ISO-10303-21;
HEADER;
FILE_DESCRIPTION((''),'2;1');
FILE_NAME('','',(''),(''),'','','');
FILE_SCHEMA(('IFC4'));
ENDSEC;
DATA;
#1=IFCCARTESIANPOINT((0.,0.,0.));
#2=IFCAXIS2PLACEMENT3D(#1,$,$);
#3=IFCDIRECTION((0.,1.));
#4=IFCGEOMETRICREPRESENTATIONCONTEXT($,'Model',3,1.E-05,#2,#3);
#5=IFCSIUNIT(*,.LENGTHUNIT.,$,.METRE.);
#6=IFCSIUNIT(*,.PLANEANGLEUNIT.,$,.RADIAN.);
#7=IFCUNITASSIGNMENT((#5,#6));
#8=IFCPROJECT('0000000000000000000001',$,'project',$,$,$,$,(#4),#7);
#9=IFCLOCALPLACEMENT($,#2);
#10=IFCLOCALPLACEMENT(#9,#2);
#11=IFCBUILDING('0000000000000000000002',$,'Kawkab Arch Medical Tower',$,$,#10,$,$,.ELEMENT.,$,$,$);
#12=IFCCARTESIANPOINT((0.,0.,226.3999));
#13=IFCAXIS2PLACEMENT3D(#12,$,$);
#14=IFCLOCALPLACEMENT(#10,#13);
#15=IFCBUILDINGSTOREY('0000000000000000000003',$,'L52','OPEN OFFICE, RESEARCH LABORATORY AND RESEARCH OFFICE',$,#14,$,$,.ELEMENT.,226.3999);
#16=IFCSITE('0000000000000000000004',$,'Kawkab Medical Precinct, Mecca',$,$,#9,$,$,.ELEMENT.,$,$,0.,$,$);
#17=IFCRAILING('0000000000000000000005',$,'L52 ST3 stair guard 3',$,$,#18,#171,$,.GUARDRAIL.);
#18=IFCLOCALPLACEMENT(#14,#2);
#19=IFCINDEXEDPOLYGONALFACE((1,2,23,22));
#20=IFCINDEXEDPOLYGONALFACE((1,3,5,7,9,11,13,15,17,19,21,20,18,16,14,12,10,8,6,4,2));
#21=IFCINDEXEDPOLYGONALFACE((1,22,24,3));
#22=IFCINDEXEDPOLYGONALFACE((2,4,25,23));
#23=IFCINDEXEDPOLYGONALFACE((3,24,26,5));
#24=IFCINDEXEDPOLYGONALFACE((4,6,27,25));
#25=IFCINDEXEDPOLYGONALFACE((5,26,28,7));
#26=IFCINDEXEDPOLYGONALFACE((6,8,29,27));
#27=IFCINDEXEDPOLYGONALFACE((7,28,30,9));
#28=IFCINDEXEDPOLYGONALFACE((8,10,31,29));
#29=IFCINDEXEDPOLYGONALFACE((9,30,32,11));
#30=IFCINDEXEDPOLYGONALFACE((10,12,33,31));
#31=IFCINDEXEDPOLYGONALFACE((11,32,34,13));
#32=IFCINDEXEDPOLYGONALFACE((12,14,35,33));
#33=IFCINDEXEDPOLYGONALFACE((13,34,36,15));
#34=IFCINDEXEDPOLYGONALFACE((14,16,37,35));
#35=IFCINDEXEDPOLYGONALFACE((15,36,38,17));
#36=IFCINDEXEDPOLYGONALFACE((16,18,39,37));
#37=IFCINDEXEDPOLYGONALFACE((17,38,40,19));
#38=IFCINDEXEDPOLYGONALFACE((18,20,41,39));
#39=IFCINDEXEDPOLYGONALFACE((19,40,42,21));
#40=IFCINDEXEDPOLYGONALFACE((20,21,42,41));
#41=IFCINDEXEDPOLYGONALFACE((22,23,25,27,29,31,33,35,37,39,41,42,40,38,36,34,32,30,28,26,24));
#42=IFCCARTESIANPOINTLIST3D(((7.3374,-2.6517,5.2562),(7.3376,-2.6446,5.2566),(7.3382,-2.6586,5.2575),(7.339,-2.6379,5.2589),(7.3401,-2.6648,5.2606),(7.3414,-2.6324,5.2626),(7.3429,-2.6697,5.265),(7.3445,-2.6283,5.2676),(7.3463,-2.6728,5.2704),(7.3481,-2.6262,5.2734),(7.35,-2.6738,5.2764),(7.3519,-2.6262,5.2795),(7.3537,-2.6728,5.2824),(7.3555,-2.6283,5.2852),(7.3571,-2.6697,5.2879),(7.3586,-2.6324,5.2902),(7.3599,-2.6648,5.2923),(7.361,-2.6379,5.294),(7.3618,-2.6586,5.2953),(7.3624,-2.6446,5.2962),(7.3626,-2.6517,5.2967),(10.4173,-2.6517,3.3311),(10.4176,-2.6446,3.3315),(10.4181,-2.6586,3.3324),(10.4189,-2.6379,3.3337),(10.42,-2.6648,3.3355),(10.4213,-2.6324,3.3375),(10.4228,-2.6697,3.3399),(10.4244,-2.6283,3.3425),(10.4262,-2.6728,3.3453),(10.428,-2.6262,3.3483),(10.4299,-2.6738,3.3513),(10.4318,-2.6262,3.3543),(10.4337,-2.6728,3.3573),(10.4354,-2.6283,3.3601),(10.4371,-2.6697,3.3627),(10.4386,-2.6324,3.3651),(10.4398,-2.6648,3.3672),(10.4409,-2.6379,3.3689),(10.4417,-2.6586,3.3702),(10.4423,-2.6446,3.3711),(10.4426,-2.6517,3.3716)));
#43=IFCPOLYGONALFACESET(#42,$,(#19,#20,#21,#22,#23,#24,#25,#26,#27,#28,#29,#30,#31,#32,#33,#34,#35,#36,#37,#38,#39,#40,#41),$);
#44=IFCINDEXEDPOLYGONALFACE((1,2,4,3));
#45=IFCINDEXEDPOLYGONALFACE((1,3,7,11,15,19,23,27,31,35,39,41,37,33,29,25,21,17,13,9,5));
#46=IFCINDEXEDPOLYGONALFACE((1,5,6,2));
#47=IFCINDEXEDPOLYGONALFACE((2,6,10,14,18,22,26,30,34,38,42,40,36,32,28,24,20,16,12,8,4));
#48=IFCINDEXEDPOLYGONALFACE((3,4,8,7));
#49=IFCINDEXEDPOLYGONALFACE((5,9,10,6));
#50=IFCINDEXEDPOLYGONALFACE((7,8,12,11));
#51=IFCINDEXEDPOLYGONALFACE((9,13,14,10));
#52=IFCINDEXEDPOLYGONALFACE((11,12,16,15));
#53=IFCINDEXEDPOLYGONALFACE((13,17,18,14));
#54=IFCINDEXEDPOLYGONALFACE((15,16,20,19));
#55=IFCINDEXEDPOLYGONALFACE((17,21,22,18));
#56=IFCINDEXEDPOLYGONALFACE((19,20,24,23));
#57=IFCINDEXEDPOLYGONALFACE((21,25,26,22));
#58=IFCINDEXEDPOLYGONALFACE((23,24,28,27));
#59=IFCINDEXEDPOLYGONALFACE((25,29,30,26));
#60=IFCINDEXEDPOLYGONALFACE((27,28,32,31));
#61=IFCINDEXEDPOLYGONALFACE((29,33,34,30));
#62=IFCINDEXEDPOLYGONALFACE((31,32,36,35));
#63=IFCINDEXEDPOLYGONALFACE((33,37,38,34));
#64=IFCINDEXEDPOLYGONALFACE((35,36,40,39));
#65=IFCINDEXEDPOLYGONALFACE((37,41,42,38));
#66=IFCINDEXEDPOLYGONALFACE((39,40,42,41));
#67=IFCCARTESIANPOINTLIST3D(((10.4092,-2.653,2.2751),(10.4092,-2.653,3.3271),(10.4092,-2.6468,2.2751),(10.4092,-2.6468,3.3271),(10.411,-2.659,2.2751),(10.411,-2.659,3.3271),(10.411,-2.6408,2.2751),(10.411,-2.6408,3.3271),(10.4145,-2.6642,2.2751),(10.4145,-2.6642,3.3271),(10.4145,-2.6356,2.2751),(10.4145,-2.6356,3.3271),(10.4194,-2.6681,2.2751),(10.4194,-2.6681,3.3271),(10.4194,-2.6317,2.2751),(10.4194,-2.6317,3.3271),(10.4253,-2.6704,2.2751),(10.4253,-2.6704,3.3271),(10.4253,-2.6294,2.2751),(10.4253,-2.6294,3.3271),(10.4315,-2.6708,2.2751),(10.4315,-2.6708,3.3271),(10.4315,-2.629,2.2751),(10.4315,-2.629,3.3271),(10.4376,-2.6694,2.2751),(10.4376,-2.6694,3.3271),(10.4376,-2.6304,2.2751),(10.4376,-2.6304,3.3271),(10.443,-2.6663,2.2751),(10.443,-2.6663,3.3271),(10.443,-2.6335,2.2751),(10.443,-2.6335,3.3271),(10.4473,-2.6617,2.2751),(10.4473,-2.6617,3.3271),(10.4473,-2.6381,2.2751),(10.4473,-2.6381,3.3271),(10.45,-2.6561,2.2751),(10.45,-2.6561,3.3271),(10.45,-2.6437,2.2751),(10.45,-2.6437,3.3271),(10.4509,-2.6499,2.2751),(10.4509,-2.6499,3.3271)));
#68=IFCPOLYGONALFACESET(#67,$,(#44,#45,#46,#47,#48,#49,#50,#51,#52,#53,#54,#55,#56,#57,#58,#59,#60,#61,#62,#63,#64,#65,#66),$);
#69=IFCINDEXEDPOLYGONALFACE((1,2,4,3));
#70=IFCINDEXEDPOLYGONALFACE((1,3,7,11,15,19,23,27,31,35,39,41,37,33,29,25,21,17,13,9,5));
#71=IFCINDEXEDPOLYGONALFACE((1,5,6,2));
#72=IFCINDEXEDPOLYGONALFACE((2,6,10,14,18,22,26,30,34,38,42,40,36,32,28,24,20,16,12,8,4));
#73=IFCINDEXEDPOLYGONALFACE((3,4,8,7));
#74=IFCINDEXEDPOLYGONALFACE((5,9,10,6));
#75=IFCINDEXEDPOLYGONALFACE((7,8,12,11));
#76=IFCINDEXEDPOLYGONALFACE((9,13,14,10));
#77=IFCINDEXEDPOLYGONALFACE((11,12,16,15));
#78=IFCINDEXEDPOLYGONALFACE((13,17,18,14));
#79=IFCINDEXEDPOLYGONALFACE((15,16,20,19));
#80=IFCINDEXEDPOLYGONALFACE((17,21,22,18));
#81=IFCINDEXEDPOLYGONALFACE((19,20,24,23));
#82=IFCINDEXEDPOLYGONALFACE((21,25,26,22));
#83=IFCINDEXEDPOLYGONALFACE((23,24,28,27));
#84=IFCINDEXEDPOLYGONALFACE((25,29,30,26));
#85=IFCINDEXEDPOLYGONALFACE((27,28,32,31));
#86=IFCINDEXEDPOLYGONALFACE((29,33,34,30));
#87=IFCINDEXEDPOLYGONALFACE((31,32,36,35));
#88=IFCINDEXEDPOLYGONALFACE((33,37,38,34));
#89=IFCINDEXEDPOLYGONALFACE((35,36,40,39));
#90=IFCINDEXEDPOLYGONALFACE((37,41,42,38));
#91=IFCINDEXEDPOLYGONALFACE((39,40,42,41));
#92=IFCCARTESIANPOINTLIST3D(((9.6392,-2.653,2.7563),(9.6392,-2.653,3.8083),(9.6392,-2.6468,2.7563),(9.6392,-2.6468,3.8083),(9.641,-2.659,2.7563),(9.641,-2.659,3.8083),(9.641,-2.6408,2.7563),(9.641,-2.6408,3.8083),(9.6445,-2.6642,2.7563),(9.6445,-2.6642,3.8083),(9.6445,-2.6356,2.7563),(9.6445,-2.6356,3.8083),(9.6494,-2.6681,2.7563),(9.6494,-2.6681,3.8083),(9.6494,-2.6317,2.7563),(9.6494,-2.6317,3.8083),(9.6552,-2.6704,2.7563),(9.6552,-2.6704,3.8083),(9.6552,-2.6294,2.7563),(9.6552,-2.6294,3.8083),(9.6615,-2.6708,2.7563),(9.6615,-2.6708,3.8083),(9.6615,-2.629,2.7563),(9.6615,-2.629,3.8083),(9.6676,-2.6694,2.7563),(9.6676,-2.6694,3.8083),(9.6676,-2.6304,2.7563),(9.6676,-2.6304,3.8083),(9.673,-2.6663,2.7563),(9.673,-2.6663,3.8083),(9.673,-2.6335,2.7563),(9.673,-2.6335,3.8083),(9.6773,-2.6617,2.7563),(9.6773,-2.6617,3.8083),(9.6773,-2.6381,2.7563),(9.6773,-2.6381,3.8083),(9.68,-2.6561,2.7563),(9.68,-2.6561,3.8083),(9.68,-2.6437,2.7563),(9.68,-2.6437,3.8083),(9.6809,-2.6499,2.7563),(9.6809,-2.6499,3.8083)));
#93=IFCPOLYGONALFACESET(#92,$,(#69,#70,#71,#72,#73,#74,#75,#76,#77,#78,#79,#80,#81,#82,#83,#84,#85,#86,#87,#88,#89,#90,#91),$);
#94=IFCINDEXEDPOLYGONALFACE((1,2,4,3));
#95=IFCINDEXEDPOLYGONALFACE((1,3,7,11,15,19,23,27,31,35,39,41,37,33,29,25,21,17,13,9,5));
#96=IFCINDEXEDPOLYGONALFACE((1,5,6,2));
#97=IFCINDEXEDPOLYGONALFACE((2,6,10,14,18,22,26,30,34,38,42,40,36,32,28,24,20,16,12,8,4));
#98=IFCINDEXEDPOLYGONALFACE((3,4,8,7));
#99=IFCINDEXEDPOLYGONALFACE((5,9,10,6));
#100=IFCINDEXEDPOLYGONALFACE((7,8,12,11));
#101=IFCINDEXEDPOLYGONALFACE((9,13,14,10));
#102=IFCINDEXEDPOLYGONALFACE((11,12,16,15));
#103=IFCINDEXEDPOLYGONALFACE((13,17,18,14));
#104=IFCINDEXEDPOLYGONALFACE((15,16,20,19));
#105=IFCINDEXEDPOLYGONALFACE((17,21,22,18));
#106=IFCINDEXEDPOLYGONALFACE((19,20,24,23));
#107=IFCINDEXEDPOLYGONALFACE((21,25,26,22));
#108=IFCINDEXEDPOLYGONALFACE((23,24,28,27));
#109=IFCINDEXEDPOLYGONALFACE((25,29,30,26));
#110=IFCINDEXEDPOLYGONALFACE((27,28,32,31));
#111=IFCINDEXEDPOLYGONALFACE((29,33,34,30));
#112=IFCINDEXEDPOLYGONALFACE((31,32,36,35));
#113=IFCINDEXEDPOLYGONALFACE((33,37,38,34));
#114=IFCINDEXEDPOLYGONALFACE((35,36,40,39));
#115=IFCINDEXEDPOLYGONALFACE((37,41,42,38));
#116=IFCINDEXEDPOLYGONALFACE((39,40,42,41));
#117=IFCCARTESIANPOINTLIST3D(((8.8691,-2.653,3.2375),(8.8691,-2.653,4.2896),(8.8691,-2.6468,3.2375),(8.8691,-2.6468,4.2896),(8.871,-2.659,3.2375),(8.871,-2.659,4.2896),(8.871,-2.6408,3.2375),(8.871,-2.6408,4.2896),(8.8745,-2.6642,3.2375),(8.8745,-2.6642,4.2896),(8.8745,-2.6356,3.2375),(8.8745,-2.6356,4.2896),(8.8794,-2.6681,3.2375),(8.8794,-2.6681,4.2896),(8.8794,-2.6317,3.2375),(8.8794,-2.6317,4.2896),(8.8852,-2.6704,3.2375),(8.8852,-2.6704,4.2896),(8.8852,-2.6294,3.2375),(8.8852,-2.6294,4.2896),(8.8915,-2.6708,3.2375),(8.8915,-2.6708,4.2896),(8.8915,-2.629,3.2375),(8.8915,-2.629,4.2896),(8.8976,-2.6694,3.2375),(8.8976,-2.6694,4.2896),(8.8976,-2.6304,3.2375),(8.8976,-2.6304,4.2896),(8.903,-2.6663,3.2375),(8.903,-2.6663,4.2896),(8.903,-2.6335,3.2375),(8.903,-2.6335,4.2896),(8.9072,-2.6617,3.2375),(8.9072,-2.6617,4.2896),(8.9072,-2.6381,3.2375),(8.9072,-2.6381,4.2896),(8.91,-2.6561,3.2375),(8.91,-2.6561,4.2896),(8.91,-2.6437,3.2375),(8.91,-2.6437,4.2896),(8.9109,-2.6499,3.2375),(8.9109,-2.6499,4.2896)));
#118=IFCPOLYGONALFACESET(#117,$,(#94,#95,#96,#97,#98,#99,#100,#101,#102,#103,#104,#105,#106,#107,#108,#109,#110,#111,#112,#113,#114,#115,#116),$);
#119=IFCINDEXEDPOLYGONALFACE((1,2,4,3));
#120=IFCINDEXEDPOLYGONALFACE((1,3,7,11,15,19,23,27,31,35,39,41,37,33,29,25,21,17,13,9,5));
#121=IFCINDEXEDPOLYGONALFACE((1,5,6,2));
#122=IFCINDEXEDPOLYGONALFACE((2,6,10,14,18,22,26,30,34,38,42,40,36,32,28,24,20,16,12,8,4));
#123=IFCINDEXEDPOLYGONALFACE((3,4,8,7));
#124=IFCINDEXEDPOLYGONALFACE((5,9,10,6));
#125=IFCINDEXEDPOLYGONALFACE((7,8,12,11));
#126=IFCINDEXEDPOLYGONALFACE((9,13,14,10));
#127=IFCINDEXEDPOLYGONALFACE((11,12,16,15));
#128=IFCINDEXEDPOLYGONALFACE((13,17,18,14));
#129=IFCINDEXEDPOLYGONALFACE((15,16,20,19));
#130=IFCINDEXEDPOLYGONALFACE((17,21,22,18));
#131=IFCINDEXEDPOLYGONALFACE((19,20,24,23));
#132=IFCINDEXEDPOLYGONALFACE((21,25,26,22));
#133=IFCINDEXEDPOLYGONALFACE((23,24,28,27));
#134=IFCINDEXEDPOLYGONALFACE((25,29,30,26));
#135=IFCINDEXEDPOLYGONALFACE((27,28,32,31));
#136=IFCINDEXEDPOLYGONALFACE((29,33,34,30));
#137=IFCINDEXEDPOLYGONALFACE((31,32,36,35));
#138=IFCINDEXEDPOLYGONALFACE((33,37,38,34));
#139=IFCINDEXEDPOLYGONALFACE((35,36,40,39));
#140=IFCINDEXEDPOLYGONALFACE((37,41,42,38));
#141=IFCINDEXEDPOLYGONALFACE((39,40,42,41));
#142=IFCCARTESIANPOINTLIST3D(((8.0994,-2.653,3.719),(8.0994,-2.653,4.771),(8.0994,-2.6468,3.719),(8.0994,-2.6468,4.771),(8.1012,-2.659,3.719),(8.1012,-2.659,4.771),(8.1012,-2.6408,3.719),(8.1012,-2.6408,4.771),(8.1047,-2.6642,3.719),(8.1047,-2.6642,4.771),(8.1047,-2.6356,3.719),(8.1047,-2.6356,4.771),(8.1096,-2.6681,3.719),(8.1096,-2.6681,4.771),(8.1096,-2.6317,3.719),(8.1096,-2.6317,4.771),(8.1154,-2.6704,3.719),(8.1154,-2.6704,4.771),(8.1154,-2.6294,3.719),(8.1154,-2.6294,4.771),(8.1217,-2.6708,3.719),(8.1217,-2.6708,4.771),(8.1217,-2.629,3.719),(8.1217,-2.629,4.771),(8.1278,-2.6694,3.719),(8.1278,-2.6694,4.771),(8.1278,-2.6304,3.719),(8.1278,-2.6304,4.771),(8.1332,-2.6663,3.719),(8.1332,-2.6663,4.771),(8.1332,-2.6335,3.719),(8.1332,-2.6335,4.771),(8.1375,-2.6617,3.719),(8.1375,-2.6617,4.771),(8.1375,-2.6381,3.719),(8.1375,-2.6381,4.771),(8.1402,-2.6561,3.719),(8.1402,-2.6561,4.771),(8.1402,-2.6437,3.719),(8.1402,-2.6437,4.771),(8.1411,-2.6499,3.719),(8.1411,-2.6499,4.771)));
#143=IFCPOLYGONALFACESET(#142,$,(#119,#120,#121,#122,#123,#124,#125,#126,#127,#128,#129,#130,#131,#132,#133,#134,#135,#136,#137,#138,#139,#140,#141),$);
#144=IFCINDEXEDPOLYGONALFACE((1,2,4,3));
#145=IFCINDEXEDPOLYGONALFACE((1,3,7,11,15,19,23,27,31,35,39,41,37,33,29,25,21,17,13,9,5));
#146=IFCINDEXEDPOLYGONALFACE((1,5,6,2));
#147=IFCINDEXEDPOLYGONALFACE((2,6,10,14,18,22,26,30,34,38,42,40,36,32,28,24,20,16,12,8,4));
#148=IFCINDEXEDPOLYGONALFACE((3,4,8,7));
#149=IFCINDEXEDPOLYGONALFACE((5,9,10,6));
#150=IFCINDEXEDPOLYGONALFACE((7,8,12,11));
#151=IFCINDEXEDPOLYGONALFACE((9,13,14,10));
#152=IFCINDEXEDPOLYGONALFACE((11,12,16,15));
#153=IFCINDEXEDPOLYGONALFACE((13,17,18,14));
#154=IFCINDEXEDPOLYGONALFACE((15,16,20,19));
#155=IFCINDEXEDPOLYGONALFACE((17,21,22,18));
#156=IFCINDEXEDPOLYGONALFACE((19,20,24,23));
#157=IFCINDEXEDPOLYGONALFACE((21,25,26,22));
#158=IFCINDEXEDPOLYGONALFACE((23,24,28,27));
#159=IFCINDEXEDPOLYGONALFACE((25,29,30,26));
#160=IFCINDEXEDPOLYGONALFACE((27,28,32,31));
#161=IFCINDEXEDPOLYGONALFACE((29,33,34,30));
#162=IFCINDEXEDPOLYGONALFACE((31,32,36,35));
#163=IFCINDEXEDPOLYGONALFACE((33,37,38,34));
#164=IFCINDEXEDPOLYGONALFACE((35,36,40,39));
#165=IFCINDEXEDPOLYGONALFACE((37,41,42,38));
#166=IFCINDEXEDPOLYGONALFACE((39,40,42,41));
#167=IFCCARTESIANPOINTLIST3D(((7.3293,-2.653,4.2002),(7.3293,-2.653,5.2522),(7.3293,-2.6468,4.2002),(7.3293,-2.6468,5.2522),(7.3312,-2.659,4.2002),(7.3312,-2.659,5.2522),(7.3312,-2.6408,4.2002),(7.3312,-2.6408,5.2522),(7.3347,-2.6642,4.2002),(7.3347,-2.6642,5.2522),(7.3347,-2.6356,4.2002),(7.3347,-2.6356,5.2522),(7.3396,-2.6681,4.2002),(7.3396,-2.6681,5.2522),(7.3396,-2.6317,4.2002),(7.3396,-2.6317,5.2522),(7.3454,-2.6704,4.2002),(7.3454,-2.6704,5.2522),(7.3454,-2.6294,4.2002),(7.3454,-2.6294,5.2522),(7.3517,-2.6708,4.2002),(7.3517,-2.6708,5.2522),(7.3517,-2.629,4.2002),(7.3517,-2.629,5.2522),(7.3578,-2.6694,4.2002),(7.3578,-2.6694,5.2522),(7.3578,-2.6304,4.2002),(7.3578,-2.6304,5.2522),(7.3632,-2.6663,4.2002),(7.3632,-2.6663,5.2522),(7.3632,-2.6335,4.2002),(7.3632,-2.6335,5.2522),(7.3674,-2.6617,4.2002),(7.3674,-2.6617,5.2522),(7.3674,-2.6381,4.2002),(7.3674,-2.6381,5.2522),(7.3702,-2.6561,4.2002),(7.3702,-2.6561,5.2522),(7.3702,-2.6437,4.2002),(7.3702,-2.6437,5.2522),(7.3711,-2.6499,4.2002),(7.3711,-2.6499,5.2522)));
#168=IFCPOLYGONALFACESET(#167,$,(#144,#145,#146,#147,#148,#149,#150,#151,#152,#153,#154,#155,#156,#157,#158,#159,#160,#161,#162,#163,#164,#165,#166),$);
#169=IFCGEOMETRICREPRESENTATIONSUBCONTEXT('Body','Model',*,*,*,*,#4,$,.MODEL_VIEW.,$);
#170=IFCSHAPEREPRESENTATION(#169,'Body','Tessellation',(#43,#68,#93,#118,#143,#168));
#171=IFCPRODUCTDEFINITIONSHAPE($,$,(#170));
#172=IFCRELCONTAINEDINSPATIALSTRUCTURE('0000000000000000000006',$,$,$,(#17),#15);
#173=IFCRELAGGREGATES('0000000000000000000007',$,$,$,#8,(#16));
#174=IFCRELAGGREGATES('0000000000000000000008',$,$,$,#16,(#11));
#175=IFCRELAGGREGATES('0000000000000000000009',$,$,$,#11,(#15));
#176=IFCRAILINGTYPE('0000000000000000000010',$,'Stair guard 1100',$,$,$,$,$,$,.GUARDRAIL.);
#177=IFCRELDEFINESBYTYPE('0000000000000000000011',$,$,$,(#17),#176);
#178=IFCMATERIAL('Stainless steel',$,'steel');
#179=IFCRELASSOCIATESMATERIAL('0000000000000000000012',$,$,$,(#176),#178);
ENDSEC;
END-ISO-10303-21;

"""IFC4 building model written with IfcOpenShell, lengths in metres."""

from ifc_helpers import new_model, si_unit, direction, frame, origin, origin_2d, place, context, subcontext, project, spatial, circle, extrude, material, type_object, element, save


model = new_model("IFC4")

# Units and contexts
model_context = context("Model", 3, precision=1e-05, world=origin(), true_north=direction((0.0, 1.0)))
body_context = subcontext(model_context, "Body", "Model", "MODEL_VIEW")
ifc_project = project(units=[si_unit("LENGTHUNIT", "METRE"), si_unit("PLANEANGLEUNIT", "RADIAN")], contexts=[model_context])

# Site, building, storey
site_placement = place(None, origin())
site = spatial("IfcSite", under=ifc_project, at=site_placement, Name="Kawkab Medical Precinct, Mecca", CompositionType="ELEMENT", RefElevation=0.0)
building_placement = place(site_placement, origin())
building = spatial("IfcBuilding", under=site, at=building_placement, Name="Kawkab Arch Medical Tower", CompositionType="ELEMENT")
storey_placement = place(building_placement, frame((0.0, 0.0, 226.3999)))
storey = spatial("IfcBuildingStorey", under=building, at=storey_placement, Name="L52", Description="OPEN OFFICE, RESEARCH LABORATORY AND RESEARCH OFFICE", CompositionType="ELEMENT", Elevation=226.3999)

# Railing
ifc_material_1 = material(Name="Stainless steel", Category="steel")
railing_type_1 = type_object("IfcRailingType", Name="Stair guard 1100", PredefinedType="GUARDRAIL", material=ifc_material_1)
railing_1_placement = place(storey_placement, frame((10.4299, -2.6499, 2.2751)))
element("IfcRailing", 1, at=railing_1_placement, inside=storey, type_object=railing_type_1, Name="L52 ST3 stair guard 3", PredefinedType="GUARDRAIL", context=body_context, shape_type="SweptSolid", body=[
    extrude(circle(Radius=0.0239, at=origin_2d()), frame((0.0, 0.0, 1.0762), z_axis=(-0.847979, 0.0, 0.530029), x_axis=(0.0, -1.0, 0.0)), (0.0, 0.0, 1.0), 3.6321),
    extrude(circle(Radius=0.021, at=origin_2d()), origin(), (0.0, 0.0, 1.0), 1.052),
    extrude(circle(Radius=0.021, at=origin_2d()), frame((-0.77, 0.0, 0.4812)), (0.0, 0.0, 1.0), 1.052),
    extrude(circle(Radius=0.021, at=origin_2d()), frame((-1.54, 0.0, 0.9624)), (0.0, 0.0, 1.0), 1.052),
    extrude(circle(Radius=0.021, at=origin_2d()), frame((-2.3098, 0.0, 1.4438)), (0.0, 0.0, 1.0), 1.052),
    extrude(circle(Radius=0.021, at=origin_2d()), frame((-3.0798, 0.0, 1.925)), (0.0, 0.0, 1.0), 1.052),
])

save(model, "model.ifc")
